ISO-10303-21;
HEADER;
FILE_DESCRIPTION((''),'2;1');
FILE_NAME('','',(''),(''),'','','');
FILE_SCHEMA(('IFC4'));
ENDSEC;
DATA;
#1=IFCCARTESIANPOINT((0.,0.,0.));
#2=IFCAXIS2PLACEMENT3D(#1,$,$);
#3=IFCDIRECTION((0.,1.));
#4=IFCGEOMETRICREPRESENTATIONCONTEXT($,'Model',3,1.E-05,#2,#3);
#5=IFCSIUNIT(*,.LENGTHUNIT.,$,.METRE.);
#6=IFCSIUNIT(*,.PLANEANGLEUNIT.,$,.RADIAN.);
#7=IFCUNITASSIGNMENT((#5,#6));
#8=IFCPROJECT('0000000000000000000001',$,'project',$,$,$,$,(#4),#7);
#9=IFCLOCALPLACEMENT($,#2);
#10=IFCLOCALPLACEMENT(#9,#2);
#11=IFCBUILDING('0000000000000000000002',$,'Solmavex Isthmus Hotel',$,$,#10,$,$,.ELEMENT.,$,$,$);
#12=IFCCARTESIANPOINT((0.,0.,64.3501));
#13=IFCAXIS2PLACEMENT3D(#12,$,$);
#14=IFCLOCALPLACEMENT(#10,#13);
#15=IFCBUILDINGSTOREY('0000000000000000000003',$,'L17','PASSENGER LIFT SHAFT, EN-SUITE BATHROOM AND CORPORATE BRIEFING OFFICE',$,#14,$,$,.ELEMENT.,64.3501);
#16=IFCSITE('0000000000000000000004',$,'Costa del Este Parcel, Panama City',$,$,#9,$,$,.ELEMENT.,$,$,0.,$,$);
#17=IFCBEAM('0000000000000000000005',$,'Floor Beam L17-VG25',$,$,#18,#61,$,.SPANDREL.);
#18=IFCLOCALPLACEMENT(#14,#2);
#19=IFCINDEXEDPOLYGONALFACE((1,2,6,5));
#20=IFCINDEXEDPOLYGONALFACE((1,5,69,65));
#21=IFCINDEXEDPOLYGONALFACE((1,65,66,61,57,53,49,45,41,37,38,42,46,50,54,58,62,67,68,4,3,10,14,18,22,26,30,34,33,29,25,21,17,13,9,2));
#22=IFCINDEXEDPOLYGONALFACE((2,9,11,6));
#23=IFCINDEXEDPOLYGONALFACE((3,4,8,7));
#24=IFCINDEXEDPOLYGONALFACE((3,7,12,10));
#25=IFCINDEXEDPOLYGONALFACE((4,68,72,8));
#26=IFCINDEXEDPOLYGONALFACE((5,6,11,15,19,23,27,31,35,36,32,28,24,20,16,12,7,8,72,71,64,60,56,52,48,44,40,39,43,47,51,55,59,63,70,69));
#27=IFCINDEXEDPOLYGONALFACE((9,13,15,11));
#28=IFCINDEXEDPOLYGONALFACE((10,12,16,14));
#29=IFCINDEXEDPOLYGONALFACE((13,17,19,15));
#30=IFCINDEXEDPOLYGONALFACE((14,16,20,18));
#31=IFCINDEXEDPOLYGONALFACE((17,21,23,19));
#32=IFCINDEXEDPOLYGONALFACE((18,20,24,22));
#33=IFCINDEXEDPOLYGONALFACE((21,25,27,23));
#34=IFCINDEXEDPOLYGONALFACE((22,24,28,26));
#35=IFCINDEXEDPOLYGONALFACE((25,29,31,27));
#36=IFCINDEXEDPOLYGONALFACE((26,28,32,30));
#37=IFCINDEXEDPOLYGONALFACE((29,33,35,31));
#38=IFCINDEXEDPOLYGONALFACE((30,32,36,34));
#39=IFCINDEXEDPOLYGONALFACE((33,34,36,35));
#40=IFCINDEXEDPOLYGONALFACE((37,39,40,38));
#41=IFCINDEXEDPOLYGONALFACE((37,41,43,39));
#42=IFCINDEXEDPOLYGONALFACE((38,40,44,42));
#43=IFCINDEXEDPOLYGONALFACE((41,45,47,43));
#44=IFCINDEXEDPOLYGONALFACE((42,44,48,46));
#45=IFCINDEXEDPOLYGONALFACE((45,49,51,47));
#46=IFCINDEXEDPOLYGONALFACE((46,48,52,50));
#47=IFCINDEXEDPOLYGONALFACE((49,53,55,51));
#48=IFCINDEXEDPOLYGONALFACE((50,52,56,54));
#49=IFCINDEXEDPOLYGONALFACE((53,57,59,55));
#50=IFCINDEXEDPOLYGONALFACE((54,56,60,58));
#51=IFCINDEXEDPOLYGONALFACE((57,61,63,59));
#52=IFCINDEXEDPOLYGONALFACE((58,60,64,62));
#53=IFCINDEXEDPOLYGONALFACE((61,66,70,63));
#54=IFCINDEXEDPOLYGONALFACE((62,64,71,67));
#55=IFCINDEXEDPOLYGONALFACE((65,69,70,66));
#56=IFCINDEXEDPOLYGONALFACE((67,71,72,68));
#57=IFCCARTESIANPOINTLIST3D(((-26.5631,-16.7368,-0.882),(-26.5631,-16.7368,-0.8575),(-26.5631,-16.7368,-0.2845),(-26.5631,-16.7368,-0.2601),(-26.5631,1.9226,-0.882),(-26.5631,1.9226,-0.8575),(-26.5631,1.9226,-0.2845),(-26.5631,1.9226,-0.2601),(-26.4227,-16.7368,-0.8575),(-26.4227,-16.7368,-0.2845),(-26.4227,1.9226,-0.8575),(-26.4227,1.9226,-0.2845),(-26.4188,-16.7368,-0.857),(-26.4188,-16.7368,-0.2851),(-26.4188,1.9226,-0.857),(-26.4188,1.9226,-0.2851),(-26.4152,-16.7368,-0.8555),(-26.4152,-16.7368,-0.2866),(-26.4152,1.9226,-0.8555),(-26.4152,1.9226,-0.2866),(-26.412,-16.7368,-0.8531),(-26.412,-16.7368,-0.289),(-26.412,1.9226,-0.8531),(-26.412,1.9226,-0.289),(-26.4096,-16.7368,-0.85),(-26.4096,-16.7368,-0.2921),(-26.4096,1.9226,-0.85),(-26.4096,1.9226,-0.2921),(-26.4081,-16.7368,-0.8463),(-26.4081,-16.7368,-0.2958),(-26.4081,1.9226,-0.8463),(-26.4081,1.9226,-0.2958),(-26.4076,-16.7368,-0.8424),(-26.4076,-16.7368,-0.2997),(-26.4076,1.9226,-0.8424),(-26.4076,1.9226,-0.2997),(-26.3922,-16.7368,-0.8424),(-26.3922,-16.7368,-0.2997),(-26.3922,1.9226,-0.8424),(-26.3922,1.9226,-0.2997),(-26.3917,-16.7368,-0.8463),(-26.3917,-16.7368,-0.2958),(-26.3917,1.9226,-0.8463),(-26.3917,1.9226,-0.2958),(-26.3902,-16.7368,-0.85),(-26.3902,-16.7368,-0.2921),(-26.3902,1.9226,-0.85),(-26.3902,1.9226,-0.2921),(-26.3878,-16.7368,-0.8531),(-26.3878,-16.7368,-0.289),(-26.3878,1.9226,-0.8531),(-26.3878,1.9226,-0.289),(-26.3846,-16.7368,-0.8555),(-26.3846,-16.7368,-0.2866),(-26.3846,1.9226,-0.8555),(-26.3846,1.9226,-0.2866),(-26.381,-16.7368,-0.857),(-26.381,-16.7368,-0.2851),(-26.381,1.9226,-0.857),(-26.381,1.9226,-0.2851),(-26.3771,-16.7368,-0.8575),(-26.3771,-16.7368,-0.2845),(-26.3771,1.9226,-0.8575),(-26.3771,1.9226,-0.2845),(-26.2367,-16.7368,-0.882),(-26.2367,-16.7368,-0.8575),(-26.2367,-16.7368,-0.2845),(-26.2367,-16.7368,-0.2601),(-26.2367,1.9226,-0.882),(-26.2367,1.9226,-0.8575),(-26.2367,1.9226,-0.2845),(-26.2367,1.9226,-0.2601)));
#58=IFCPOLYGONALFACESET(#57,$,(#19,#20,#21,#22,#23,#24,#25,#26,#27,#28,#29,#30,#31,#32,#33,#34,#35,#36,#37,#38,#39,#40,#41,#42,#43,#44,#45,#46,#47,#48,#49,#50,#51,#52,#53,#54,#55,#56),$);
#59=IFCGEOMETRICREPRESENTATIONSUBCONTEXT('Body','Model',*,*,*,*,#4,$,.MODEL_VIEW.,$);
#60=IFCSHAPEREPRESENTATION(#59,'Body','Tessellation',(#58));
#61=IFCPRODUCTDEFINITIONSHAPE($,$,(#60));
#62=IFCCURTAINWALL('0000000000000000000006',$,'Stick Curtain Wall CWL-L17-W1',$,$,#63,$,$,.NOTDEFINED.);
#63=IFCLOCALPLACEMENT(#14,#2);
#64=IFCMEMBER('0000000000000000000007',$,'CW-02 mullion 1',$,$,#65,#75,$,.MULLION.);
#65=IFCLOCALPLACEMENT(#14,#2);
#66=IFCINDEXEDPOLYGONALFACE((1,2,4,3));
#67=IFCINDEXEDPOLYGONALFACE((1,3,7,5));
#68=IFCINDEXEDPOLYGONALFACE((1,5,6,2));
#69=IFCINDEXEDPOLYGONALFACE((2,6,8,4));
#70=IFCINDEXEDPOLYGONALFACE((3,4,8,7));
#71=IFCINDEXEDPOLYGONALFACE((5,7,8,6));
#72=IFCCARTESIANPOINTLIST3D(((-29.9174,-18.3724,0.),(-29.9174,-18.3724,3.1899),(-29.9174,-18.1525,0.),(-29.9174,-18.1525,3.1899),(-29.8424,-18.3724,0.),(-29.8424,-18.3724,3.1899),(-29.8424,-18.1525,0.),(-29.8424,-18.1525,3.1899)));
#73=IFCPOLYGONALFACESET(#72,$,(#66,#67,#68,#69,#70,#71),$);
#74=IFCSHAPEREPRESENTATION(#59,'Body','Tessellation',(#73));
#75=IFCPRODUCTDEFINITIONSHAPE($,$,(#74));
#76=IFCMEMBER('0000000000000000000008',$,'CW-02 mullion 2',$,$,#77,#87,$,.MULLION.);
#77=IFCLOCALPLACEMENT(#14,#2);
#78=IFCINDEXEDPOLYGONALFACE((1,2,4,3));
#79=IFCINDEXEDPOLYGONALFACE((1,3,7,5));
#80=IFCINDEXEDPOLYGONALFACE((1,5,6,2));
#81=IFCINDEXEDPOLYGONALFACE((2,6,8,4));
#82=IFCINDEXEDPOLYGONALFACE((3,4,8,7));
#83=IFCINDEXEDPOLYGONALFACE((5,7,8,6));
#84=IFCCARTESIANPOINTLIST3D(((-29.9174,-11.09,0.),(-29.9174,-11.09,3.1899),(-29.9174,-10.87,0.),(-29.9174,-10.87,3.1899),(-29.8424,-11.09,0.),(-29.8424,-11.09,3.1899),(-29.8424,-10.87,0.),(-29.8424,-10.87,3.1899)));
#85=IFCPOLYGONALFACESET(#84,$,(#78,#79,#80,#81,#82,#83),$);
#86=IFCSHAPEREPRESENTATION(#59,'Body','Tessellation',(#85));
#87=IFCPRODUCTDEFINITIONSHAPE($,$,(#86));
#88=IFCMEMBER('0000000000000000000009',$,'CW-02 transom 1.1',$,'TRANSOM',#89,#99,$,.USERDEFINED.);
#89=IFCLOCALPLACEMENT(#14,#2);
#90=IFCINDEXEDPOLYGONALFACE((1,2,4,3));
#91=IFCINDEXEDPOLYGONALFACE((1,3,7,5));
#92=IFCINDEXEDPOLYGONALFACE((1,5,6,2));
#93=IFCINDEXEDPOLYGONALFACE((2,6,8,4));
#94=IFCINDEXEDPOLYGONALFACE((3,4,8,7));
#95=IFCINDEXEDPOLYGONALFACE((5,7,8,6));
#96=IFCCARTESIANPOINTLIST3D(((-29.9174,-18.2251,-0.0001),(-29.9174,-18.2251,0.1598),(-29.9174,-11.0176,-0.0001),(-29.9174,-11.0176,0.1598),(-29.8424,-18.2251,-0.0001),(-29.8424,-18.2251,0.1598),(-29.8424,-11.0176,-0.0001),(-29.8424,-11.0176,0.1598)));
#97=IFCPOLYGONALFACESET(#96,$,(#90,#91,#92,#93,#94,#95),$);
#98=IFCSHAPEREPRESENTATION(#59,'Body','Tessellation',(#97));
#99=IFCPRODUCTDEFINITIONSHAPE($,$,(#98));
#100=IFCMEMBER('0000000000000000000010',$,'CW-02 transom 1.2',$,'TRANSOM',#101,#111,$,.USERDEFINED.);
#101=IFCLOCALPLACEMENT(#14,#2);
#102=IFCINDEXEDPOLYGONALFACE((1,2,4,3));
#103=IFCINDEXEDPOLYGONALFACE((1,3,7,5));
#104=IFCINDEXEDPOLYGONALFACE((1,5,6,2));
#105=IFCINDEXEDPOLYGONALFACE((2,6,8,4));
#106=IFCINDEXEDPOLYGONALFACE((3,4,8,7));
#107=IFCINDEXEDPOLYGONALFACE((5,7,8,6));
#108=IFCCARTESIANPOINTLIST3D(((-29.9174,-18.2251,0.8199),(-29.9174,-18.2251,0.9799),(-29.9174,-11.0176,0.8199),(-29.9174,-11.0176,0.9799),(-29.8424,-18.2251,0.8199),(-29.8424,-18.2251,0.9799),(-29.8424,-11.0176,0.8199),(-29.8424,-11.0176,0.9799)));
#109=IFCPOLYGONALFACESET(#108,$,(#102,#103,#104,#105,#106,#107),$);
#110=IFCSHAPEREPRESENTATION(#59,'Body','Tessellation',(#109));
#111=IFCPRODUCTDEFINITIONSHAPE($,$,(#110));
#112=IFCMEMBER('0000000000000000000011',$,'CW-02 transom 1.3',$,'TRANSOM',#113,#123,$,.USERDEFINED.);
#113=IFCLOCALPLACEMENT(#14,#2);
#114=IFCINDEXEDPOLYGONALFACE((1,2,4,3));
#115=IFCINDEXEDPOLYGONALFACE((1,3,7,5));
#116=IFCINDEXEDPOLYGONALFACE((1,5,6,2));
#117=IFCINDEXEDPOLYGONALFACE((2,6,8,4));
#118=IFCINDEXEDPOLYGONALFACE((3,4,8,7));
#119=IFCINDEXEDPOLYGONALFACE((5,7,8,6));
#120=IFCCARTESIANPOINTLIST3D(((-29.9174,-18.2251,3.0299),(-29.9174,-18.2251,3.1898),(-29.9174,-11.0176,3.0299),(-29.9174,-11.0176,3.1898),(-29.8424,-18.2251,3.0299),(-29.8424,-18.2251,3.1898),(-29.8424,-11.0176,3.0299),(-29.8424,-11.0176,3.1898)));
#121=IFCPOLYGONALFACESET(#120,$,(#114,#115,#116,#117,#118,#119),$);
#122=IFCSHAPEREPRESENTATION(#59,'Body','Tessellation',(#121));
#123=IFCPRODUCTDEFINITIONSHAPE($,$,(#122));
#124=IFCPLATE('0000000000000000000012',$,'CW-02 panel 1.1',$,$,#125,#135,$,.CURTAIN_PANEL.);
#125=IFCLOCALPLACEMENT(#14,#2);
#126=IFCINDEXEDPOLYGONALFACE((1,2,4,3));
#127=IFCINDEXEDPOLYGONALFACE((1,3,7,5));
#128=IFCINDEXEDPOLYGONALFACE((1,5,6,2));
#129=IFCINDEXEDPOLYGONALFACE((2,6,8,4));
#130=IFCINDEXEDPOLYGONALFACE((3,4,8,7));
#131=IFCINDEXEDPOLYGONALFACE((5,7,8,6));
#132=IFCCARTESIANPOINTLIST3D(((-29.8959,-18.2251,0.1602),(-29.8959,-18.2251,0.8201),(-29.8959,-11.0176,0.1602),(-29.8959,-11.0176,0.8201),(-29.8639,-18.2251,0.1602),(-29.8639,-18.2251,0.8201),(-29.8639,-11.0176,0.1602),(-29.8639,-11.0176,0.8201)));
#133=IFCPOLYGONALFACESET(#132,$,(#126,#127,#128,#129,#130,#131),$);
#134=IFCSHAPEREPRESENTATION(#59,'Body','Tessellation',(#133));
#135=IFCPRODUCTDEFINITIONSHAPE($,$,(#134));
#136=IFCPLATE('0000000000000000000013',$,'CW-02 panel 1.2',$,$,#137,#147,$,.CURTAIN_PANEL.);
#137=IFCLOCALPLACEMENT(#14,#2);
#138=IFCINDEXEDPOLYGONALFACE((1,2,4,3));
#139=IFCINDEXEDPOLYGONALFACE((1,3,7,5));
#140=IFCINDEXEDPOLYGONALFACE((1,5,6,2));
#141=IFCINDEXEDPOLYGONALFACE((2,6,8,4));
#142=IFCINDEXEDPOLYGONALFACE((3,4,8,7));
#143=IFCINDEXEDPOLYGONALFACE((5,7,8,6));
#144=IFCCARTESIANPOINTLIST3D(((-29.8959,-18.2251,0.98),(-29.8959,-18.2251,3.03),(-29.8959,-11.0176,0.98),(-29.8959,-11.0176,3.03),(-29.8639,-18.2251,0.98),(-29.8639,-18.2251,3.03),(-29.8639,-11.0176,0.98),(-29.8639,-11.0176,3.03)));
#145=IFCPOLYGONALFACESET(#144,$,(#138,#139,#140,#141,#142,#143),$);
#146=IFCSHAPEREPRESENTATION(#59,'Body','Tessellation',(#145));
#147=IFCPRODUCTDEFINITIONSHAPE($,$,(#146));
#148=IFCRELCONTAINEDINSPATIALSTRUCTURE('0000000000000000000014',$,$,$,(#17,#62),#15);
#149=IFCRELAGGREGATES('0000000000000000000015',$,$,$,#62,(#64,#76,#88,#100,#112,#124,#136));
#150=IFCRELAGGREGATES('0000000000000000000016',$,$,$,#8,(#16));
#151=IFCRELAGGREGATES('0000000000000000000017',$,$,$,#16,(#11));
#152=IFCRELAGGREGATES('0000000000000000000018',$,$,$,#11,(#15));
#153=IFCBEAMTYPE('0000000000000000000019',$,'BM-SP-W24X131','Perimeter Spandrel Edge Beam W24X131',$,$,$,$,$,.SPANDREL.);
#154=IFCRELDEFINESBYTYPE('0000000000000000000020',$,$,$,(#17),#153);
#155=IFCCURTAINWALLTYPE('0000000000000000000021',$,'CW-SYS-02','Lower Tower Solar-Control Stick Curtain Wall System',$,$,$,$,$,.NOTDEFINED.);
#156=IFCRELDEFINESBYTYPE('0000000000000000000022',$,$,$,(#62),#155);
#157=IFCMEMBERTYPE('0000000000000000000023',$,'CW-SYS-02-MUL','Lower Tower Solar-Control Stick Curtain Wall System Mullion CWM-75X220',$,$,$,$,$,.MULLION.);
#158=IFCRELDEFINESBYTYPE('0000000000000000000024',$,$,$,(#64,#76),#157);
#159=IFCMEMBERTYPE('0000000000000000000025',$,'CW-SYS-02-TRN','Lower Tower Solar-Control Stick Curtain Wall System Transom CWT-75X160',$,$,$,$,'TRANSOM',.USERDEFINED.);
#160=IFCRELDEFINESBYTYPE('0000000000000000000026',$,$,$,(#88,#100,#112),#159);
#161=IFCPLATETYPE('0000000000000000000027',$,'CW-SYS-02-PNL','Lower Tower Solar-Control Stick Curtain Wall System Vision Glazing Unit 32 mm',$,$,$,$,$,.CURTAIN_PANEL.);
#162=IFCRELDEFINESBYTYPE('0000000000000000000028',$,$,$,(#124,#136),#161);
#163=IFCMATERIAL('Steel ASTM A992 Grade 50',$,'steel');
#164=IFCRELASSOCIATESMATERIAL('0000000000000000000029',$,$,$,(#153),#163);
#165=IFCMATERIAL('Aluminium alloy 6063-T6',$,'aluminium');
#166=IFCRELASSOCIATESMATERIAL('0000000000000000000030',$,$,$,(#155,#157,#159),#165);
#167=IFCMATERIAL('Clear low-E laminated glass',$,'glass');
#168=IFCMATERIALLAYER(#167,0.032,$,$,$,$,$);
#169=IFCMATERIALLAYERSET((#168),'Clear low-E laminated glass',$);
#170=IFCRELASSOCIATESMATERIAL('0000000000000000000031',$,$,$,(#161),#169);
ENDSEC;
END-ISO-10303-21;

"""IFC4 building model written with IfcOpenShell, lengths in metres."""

from ifc_helpers import new_model, si_unit, direction, frame, origin, origin_2d, place, context, subcontext, project, spatial, rectangle, i_section, extrude, material, layer, layer_set, material_profile, profile_set, type_object, element, aggregate, save


model = new_model("IFC4")

# Units and contexts
model_context = context("Model", 3, precision=1e-05, world=origin(), true_north=direction((0.0, 1.0)))
body_context = subcontext(model_context, "Body", "Model", "MODEL_VIEW")
ifc_project = project(units=[si_unit("LENGTHUNIT", "METRE"), si_unit("PLANEANGLEUNIT", "RADIAN")], contexts=[model_context])

# Site, building, storey
site_placement = place(None, origin())
site = spatial("IfcSite", under=ifc_project, at=site_placement, Name="Costa del Este Parcel, Panama City", CompositionType="ELEMENT", RefElevation=0.0)
building_placement = place(site_placement, origin())
building = spatial("IfcBuilding", under=site, at=building_placement, Name="Solmavex Isthmus Hotel", CompositionType="ELEMENT")
storey_placement = place(building_placement, frame((0.0, 0.0, 64.3501)))
storey = spatial("IfcBuildingStorey", under=building, at=storey_placement, Name="L17", Description="PASSENGER LIFT SHAFT, EN-SUITE BATHROOM AND CORPORATE BRIEFING OFFICE", CompositionType="ELEMENT", Elevation=64.3501)

# Beam
ifc_material_1 = material(Name="Steel ASTM A992 Grade 50", Category="steel")
ifc_material_profile_1 = material_profile(ifc_material_1, i_section(OverallWidth=0.3264, OverallDepth=0.6218, WebThickness=0.0154, FlangeThickness=0.0244, FilletRadius=0.0151, at=origin_2d()), Name="W24X131")
ifc_profile_set_1 = profile_set([ifc_material_profile_1], Name="Steel ASTM A992 Grade 50")
beam_type_1 = type_object("IfcBeamType", Name="BM-SP-W24X131", Description="Perimeter Spandrel Edge Beam W24X131", PredefinedType="SPANDREL", material=ifc_profile_set_1)
beam_1_placement = place(storey_placement, frame((-26.3999, -16.7368, -0.571), z_axis=(0.0, 1.0, 0.0), x_axis=(-1.0, 0.0, 0.0)))
element("IfcBeam", 1, at=beam_1_placement, inside=storey, type_object=beam_type_1, Name="Floor Beam L17-VG25", PredefinedType="SPANDREL", context=body_context, shape_type="SweptSolid", body=[
    extrude(i_section(OverallWidth=0.3264, OverallDepth=0.6218, WebThickness=0.0154, FlangeThickness=0.0244, FilletRadius=0.0151, at=origin_2d()), origin(), (0.0, 0.0, 1.0), 18.6594),
])

# Curtain wall, members, plates
ifc_material_2 = material(Name="Aluminium alloy 6063-T6", Category="aluminium")
curtain_wall_type = type_object("IfcCurtainWallType", Name="CW-SYS-02", Description="Lower Tower Solar-Control Stick Curtain Wall System", PredefinedType="NOTDEFINED", material=ifc_material_2)
curtain_wall_placement = place(storey_placement, origin())
curtain_wall = element("IfcCurtainWall", 2, at=curtain_wall_placement, inside=storey, type_object=curtain_wall_type, Name="Stick Curtain Wall CWL-L17-W1", PredefinedType="NOTDEFINED")
ifc_material_profile_2 = material_profile(ifc_material_2, rectangle(XDim=0.075, YDim=0.22, at=origin_2d()), Name="CWM-75X220")
ifc_profile_set_2 = profile_set([ifc_material_profile_2], Name="Aluminium alloy 6063-T6")
member_type_1 = type_object("IfcMemberType", Name="CW-SYS-02-MUL", Description="Lower Tower Solar-Control Stick Curtain Wall System Mullion CWM-75X220", PredefinedType="MULLION", material=ifc_profile_set_2)
member_1_placement = place(storey_placement, frame((-29.8799, -18.2625, 0.0), z_axis=(0.0, 0.0, 1.0), x_axis=(-1.0, 0.0, 0.0)))
member_1 = element("IfcMember", 3, at=member_1_placement, type_object=member_type_1, Name="CW-02 mullion 1", PredefinedType="MULLION", context=body_context, shape_type="SweptSolid", body=[
    extrude(rectangle(XDim=0.075, YDim=0.22, at=origin_2d()), origin(), (0.0, 0.0, 1.0), 3.1899),
])
member_2_placement = place(storey_placement, frame((-29.8799, -10.98, 0.0), z_axis=(0.0, 0.0, 1.0), x_axis=(-1.0, 0.0, 0.0)))
member_2 = element("IfcMember", 4, at=member_2_placement, type_object=member_type_1, Name="CW-02 mullion 2", PredefinedType="MULLION", context=body_context, shape_type="SweptSolid", body=[
    extrude(rectangle(XDim=0.075, YDim=0.22, at=origin_2d()), origin(), (0.0, 0.0, 1.0), 3.1899),
])
ifc_material_profile_3 = material_profile(ifc_material_2, rectangle(XDim=0.075, YDim=0.1599, at=origin_2d()), Name="CWT-75X160")
ifc_profile_set_3 = profile_set([ifc_material_profile_3], Name="Aluminium alloy 6063-T6")
member_type_2 = type_object("IfcMemberType", Name="CW-SYS-02-TRN", Description="Lower Tower Solar-Control Stick Curtain Wall System Transom CWT-75X160", ElementType="TRANSOM", PredefinedType="USERDEFINED", material=ifc_profile_set_3)
member_3_placement = place(storey_placement, frame((-29.8799, -18.2251, 0.0798), z_axis=(0.0, 1.0, 0.0), x_axis=(-1.0, 0.0, 0.0)))
member_3 = element("IfcMember", 5, at=member_3_placement, type_object=member_type_2, Name="CW-02 transom 1.1", ObjectType="TRANSOM", PredefinedType="USERDEFINED", context=body_context, shape_type="SweptSolid", body=[
    extrude(rectangle(XDim=0.075, YDim=0.1599, at=origin_2d()), origin(), (0.0, 0.0, 1.0), 7.2075),
])
member_4_placement = place(storey_placement, frame((-29.8799, -18.2251, 0.8999), z_axis=(0.0, 1.0, 0.0), x_axis=(-1.0, 0.0, 0.0)))
member_4 = element("IfcMember", 6, at=member_4_placement, type_object=member_type_2, Name="CW-02 transom 1.2", ObjectType="TRANSOM", PredefinedType="USERDEFINED", context=body_context, shape_type="SweptSolid", body=[
    extrude(rectangle(XDim=0.075, YDim=0.1599, at=origin_2d()), origin(), (0.0, 0.0, 1.0), 7.2075),
])
member_5_placement = place(storey_placement, frame((-29.8799, -18.2251, 3.1099), z_axis=(0.0, 1.0, 0.0), x_axis=(-1.0, 0.0, 0.0)))
member_5 = element("IfcMember", 7, at=member_5_placement, type_object=member_type_2, Name="CW-02 transom 1.3", ObjectType="TRANSOM", PredefinedType="USERDEFINED", context=body_context, shape_type="SweptSolid", body=[
    extrude(rectangle(XDim=0.075, YDim=0.1599, at=origin_2d()), origin(), (0.0, 0.0, 1.0), 7.2075),
])
ifc_material_3 = material(Name="Clear low-E laminated glass", Category="glass")
ifc_layer_1 = layer(ifc_material_3, 0.032)
ifc_layer_set_1 = layer_set([ifc_layer_1], Name="Clear low-E laminated glass")
plate_type = type_object("IfcPlateType", Name="CW-SYS-02-PNL", Description="Lower Tower Solar-Control Stick Curtain Wall System Vision Glazing Unit 32 mm", PredefinedType="CURTAIN_PANEL", material=ifc_layer_set_1)
plate_1_placement = place(storey_placement, frame((-29.8799, -14.6213, 0.1602), z_axis=(0.0, 0.0, 1.0), x_axis=(0.0, 1.0, 0.0)))
plate_1 = element("IfcPlate", 8, at=plate_1_placement, type_object=plate_type, Name="CW-02 panel 1.1", PredefinedType="CURTAIN_PANEL", context=body_context, shape_type="SweptSolid", body=[
    extrude(rectangle(XDim=7.2075, YDim=0.032, at=origin_2d()), origin(), (0.0, 0.0, 1.0), 0.6599),
])
plate_2_placement = place(storey_placement, frame((-29.8799, -14.6213, 0.98), z_axis=(0.0, 0.0, 1.0), x_axis=(0.0, 1.0, 0.0)))
plate_2 = element("IfcPlate", 9, at=plate_2_placement, type_object=plate_type, Name="CW-02 panel 1.2", PredefinedType="CURTAIN_PANEL", context=body_context, shape_type="SweptSolid", body=[
    extrude(rectangle(XDim=7.2075, YDim=0.032, at=origin_2d()), origin(), (0.0, 0.0, 1.0), 2.05),
])
aggregate(curtain_wall, [member_1, member_2, member_3, member_4, member_5, plate_1, plate_2])

save(model, "model.ifc")
